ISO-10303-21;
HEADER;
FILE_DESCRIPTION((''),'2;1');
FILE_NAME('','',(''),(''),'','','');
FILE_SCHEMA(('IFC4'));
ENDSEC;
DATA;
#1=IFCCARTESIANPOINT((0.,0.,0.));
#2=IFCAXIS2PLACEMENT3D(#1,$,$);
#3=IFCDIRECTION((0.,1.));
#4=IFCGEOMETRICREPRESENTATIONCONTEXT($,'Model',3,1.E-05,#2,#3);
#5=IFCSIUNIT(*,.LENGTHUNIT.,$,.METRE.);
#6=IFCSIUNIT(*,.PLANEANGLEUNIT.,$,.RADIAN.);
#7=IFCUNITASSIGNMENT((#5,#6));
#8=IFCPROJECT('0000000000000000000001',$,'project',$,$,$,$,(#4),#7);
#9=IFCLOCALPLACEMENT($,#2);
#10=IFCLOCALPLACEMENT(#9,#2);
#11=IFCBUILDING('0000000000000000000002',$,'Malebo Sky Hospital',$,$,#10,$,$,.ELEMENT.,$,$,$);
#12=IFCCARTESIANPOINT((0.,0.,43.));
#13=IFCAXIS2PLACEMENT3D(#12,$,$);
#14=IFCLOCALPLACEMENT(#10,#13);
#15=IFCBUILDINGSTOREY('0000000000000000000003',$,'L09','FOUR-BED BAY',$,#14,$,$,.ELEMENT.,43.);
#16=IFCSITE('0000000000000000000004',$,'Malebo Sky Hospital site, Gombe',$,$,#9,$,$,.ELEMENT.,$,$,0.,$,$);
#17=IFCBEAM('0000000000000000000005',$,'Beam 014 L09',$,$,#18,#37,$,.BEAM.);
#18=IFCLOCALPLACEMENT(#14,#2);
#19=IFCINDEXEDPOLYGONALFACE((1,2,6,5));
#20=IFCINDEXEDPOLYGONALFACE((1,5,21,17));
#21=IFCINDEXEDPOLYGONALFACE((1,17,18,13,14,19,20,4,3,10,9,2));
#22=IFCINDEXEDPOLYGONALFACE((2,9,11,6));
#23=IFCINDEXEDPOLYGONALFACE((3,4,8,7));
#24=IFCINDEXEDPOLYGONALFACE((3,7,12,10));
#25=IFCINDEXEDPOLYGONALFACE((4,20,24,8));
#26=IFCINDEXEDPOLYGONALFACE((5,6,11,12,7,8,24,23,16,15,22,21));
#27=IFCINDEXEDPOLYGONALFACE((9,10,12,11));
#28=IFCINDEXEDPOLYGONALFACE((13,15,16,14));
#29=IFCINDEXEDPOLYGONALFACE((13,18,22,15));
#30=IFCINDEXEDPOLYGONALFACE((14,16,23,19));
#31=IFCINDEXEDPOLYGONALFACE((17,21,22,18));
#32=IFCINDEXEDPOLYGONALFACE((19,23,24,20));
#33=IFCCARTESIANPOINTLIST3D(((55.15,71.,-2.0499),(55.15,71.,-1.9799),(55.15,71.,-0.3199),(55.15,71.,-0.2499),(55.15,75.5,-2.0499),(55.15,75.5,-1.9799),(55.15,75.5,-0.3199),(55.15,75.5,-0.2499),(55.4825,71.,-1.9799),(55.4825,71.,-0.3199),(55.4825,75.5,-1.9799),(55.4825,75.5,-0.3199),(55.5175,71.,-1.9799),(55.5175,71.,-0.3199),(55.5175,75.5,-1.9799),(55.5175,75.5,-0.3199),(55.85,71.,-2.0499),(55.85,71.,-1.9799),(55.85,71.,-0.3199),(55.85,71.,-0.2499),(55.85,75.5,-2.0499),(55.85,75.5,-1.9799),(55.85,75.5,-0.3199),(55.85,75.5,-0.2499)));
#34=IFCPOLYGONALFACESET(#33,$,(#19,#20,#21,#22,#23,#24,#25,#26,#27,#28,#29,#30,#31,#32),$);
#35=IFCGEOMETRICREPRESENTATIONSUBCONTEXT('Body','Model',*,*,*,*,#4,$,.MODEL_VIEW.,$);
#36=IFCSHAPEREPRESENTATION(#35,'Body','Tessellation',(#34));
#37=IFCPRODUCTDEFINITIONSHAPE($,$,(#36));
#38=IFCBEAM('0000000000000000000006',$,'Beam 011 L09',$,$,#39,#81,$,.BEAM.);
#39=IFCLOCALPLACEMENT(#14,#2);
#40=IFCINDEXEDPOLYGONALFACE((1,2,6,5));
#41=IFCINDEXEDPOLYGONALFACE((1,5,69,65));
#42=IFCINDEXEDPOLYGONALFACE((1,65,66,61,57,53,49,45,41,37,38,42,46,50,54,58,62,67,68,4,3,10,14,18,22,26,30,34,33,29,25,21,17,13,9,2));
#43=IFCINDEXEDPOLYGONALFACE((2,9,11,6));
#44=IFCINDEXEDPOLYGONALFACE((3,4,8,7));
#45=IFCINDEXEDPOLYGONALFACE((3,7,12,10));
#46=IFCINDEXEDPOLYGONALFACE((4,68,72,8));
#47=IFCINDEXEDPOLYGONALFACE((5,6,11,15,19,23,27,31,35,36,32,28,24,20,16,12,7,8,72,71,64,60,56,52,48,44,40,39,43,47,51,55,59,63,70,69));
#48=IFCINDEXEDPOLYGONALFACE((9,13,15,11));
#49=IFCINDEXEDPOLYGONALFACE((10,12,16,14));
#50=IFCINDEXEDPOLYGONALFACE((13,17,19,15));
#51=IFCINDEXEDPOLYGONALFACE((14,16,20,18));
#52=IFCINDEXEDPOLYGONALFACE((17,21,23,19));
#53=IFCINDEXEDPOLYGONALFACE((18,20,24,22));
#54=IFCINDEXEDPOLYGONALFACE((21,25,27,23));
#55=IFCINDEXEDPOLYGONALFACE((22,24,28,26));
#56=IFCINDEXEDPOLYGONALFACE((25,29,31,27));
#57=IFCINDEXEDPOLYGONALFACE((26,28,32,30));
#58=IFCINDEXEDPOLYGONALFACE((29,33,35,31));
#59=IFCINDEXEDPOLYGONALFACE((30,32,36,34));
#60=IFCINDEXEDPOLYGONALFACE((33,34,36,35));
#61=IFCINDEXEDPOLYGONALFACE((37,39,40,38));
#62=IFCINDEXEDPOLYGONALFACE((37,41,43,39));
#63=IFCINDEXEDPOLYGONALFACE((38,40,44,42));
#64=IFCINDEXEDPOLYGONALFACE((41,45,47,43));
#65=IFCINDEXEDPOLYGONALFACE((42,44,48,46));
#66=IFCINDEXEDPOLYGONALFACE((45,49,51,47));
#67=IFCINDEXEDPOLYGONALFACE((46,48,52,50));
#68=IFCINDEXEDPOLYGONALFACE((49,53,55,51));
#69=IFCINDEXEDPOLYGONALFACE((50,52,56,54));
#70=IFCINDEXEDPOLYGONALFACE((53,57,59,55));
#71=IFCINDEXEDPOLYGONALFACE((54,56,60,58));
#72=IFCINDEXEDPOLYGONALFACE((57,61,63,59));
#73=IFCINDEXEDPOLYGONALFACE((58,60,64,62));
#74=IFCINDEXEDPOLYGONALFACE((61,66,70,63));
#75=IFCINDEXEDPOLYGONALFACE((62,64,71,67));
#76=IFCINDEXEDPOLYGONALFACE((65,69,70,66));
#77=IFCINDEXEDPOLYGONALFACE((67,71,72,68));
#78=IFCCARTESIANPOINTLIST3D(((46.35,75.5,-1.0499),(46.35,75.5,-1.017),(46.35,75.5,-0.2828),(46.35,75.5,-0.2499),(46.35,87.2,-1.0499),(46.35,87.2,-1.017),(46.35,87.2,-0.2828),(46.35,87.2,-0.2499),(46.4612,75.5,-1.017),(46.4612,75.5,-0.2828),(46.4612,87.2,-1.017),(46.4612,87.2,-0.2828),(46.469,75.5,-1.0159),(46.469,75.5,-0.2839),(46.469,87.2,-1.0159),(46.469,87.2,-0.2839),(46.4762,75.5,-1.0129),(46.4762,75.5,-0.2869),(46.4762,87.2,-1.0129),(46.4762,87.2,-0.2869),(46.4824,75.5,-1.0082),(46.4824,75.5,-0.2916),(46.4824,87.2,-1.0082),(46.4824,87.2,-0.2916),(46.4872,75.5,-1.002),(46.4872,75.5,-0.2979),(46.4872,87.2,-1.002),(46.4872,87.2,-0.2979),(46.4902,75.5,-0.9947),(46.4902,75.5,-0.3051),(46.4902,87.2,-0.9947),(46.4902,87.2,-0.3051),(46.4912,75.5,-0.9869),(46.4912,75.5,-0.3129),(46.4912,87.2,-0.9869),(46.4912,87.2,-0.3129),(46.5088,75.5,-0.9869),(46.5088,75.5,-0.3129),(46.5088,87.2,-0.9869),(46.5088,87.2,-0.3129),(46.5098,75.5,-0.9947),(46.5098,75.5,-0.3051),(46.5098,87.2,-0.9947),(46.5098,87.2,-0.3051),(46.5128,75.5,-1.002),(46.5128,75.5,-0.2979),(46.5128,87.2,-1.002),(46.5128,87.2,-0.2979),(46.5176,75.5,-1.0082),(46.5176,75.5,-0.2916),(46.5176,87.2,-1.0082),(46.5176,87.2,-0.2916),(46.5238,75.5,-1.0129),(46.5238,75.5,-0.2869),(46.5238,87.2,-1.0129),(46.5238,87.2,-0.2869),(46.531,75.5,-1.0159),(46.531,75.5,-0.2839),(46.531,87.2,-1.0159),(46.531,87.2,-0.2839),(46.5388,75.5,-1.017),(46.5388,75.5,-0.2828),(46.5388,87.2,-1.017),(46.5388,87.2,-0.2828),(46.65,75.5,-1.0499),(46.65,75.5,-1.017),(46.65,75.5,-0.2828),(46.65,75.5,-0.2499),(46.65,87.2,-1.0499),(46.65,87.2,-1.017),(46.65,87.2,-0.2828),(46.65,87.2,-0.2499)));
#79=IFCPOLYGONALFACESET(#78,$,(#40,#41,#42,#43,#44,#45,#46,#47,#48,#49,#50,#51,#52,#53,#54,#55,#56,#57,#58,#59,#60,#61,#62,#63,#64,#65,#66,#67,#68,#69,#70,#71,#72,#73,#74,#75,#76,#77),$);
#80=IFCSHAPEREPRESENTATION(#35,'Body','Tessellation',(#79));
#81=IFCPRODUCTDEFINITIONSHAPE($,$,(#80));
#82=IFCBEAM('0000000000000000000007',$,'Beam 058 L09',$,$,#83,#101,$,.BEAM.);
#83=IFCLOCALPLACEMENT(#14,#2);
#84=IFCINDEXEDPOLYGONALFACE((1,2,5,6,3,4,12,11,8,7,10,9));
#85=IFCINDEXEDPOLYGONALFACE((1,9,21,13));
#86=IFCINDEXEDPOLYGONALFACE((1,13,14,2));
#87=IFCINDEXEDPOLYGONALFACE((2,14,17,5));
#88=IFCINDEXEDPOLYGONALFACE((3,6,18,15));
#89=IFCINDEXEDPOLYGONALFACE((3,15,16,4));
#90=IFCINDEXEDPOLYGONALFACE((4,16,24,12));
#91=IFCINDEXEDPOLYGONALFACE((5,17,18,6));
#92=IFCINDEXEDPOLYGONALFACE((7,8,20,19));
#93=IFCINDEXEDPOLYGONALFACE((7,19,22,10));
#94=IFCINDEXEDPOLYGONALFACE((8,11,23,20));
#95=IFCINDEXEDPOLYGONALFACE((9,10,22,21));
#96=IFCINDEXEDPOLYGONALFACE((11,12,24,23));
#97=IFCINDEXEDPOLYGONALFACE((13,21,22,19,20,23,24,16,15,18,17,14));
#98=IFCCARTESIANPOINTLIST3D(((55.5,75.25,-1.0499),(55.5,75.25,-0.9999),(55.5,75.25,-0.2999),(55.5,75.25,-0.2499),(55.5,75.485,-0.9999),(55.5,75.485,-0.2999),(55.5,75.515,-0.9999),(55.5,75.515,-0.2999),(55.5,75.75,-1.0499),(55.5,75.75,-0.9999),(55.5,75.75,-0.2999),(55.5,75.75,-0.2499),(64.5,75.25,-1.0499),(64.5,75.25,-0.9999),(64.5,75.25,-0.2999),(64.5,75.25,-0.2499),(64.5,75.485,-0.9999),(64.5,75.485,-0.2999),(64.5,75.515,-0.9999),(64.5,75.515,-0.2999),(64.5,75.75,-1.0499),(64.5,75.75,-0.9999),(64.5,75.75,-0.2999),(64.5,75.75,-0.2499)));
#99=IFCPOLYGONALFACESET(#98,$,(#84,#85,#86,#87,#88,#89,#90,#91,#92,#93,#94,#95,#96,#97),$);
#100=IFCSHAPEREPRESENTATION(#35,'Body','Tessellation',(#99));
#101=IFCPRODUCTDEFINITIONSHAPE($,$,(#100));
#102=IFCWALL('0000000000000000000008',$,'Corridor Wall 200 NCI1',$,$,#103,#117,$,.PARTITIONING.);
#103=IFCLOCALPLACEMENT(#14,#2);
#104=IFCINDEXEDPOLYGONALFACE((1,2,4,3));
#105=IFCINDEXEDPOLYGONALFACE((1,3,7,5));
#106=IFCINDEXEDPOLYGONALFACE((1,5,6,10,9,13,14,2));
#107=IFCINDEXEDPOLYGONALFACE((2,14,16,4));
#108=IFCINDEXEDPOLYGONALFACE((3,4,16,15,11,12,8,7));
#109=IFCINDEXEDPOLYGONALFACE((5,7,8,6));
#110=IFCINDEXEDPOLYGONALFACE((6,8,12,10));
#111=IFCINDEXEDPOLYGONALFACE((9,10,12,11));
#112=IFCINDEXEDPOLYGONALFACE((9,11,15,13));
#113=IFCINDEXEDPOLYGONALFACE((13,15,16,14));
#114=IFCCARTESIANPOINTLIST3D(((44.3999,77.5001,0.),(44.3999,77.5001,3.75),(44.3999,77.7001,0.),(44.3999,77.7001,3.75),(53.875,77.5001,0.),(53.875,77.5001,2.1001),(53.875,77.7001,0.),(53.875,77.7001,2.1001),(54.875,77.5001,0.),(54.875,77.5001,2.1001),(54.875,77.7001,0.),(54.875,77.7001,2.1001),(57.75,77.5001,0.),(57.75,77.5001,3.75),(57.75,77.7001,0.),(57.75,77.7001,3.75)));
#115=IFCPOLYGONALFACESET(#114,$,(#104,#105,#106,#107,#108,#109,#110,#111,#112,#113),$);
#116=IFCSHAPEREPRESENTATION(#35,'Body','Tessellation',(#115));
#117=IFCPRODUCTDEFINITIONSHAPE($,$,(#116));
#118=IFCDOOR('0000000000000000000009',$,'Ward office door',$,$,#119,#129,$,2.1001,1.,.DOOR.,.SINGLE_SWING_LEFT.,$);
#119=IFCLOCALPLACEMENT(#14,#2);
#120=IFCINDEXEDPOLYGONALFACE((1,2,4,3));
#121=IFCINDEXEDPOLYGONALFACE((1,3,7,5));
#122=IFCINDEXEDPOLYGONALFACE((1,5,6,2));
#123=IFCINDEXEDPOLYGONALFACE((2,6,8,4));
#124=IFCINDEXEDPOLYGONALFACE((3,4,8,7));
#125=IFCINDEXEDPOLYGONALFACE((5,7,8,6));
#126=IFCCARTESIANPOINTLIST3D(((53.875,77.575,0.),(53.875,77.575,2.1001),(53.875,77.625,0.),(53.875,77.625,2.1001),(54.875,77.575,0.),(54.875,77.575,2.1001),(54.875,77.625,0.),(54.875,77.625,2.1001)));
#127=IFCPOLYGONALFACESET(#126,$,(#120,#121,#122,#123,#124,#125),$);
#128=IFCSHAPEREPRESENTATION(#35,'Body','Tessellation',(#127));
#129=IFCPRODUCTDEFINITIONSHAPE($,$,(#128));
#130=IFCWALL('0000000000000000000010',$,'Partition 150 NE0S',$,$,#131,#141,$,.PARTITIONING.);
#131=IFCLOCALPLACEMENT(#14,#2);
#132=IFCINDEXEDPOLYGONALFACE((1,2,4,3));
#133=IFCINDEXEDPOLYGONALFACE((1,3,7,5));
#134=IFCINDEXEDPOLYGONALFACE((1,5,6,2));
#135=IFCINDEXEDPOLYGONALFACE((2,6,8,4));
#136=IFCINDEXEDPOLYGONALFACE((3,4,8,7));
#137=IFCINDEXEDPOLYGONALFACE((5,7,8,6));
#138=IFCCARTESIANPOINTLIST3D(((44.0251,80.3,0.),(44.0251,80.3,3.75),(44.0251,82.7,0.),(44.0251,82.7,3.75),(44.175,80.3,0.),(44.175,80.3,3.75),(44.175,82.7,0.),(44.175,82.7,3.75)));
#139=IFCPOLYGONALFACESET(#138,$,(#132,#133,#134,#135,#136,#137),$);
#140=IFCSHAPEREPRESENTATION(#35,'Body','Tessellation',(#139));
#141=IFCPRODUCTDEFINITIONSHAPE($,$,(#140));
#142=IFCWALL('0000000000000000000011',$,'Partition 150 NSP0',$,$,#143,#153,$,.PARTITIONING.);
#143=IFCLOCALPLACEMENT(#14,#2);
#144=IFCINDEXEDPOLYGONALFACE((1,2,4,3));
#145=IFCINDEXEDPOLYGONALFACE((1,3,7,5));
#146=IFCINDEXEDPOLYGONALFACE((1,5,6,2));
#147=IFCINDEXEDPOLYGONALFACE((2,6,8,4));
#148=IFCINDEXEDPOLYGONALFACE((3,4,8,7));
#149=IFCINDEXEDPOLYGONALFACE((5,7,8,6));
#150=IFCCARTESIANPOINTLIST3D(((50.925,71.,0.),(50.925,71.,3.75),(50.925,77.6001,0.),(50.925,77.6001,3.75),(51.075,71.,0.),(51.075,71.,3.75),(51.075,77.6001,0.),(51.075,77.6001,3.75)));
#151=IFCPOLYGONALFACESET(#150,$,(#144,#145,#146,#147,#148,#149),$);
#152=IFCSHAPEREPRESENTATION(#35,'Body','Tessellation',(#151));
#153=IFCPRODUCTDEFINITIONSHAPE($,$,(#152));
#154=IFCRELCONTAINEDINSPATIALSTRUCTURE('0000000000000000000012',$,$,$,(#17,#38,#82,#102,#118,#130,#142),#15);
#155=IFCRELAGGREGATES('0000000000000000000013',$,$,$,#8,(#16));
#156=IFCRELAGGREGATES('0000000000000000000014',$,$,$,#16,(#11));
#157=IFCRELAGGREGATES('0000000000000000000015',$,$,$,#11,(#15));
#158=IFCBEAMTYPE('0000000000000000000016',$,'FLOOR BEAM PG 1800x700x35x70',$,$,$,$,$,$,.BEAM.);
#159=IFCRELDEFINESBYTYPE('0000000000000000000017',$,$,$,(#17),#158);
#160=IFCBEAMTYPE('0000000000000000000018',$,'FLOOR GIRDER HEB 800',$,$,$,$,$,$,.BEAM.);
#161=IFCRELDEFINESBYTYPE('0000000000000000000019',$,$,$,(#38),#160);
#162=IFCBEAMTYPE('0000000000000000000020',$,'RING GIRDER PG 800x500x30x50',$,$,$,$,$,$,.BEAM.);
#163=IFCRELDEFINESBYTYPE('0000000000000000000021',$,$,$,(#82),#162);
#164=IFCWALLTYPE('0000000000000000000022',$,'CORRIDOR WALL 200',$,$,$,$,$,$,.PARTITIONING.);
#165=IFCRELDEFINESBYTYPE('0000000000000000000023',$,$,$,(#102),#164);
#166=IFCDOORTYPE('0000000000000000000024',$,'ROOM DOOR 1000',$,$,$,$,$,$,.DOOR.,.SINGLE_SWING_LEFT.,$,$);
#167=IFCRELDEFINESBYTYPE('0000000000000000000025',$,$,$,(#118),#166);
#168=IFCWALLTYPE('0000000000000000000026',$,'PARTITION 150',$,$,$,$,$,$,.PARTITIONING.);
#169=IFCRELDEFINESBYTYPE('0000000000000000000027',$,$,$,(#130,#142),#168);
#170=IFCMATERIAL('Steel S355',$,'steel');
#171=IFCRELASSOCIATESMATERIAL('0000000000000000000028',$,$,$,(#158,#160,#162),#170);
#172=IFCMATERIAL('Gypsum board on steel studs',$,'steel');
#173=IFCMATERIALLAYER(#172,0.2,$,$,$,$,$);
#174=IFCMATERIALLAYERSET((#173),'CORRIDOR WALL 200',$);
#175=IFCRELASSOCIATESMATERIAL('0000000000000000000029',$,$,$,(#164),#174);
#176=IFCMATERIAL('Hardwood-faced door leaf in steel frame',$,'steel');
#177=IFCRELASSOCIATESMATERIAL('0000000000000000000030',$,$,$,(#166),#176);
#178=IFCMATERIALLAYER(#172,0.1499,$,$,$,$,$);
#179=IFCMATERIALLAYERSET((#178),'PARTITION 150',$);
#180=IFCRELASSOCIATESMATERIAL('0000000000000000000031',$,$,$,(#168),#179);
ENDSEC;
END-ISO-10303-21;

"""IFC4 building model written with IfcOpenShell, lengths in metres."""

from ifc_helpers import new_model, si_unit, direction, frame, frame_2d, origin, origin_2d, place, context, subcontext, project, spatial, rectangle, i_section, extrude, material, layer, layer_set, material_profile, profile_set, type_object, element, fill, save


model = new_model("IFC4")

# Units and contexts
model_context = context("Model", 3, precision=1e-05, world=origin(), true_north=direction((0.0, 1.0)))
body_context = subcontext(model_context, "Body", "Model", "MODEL_VIEW")
ifc_project = project(units=[si_unit("LENGTHUNIT", "METRE"), si_unit("PLANEANGLEUNIT", "RADIAN")], contexts=[model_context])

# Site, building, storey
site_placement = place(None, origin())
site = spatial("IfcSite", under=ifc_project, at=site_placement, Name="Malebo Sky Hospital site, Gombe", CompositionType="ELEMENT", RefElevation=0.0)
building_placement = place(site_placement, origin())
building = spatial("IfcBuilding", under=site, at=building_placement, Name="Malebo Sky Hospital", CompositionType="ELEMENT")
storey_placement = place(building_placement, frame((0.0, 0.0, 43.0)))
storey = spatial("IfcBuildingStorey", under=building, at=storey_placement, Name="L09", Description="FOUR-BED BAY", CompositionType="ELEMENT", Elevation=43.0)

# Beams
ifc_material_1 = material(Name="Steel S355", Category="steel")
ifc_material_profile_1 = material_profile(ifc_material_1, i_section(OverallWidth=0.7, OverallDepth=1.8, WebThickness=0.0349, FlangeThickness=0.0701, at=origin_2d()), Name="PG 1800x700x35x70")
ifc_profile_set_1 = profile_set([ifc_material_profile_1], Name="Steel S355")
beam_type_1 = type_object("IfcBeamType", Name="FLOOR BEAM PG 1800x700x35x70", PredefinedType="BEAM", material=ifc_profile_set_1)
beam_1_placement = place(storey_placement, frame((55.5, 71.0, -1.1499), z_axis=(0.0, 1.0, 0.0), x_axis=(-1.0, 0.0, 0.0)))
element("IfcBeam", 1, at=beam_1_placement, inside=storey, type_object=beam_type_1, Name="Beam 014 L09", PredefinedType="BEAM", context=body_context, shape_type="SweptSolid", body=[
    extrude(i_section(OverallWidth=0.7, OverallDepth=1.8, WebThickness=0.0349, FlangeThickness=0.0701, at=origin_2d()), origin(), (0.0, 0.0, 1.0), 4.5),
])
ifc_material_profile_2 = material_profile(ifc_material_1, i_section(OverallWidth=0.3, OverallDepth=0.8, WebThickness=0.0176, FlangeThickness=0.033, FilletRadius=0.03, at=origin_2d()), Name="HEB 800")
ifc_profile_set_2 = profile_set([ifc_material_profile_2], Name="Steel S355")
beam_type_2 = type_object("IfcBeamType", Name="FLOOR GIRDER HEB 800", PredefinedType="BEAM", material=ifc_profile_set_2)
beam_2_placement = place(storey_placement, frame((46.5, 75.5, -0.6499), z_axis=(0.0, 1.0, 0.0), x_axis=(-1.0, 0.0, 0.0)))
element("IfcBeam", 2, at=beam_2_placement, inside=storey, type_object=beam_type_2, Name="Beam 011 L09", PredefinedType="BEAM", context=body_context, shape_type="SweptSolid", body=[
    extrude(i_section(OverallWidth=0.3, OverallDepth=0.8, WebThickness=0.0176, FlangeThickness=0.033, FilletRadius=0.03, at=origin_2d()), origin(), (0.0, 0.0, 1.0), 11.7),
])
ifc_material_profile_3 = material_profile(ifc_material_1, i_section(OverallWidth=0.5, OverallDepth=0.8, WebThickness=0.03, FlangeThickness=0.05, at=origin_2d()), Name="PG 800x500x30x50")
ifc_profile_set_3 = profile_set([ifc_material_profile_3], Name="Steel S355")
beam_type_3 = type_object("IfcBeamType", Name="RING GIRDER PG 800x500x30x50", PredefinedType="BEAM", material=ifc_profile_set_3)
beam_3_placement = place(storey_placement, frame((55.5, 75.5, -0.6499), z_axis=(1.0, 0.0, 0.0), x_axis=(0.0, 1.0, 0.0)))
element("IfcBeam", 3, at=beam_3_placement, inside=storey, type_object=beam_type_3, Name="Beam 058 L09", PredefinedType="BEAM", context=body_context, shape_type="SweptSolid", body=[
    extrude(i_section(OverallWidth=0.5, OverallDepth=0.8, WebThickness=0.03, FlangeThickness=0.05, at=origin_2d()), origin(), (0.0, 0.0, 1.0), 9.0),
])

# Wall, opening, door
ifc_material_2 = material(Name="Gypsum board on steel studs", Category="steel")
ifc_layer_1 = layer(ifc_material_2, 0.2)
ifc_layer_set_1 = layer_set([ifc_layer_1], Name="CORRIDOR WALL 200")
wall_type_1 = type_object("IfcWallType", Name="CORRIDOR WALL 200", PredefinedType="PARTITIONING", material=ifc_layer_set_1)
wall_1_placement = place(storey_placement, frame((44.3999, 77.6001, 0.0), z_axis=(0.0, 0.0, 1.0), x_axis=(1.0, 0.0, 0.0)))
wall_1 = element("IfcWall", 4, at=wall_1_placement, inside=storey, type_object=wall_type_1, Name="Corridor Wall 200 NCI1", PredefinedType="PARTITIONING", context=body_context, shape_type="SweptSolid", body=[
    extrude(rectangle(XDim=13.3501, YDim=0.2, at=frame_2d((6.675, 0.0))), origin(), (0.0, 0.0, 1.0), 3.75),
])
opening_1_placement = place(wall_1_placement, frame((9.4751, 0.0, 0.0)))
opening_1 = element("IfcOpeningElement", 5, at=opening_1_placement, cuts=wall_1, PredefinedType="OPENING", context=body_context, shape_type="SweptSolid", body=[
    extrude(rectangle(XDim=1.0, YDim=2.1001, at=frame_2d((0.5, 1.05))), frame((0.0, 0.1099, 0.0), z_axis=(0.0, -1.0, 0.0), x_axis=(1.0, 0.0, 0.0)), (0.0, 0.0, 1.0), 0.22),
])
ifc_material_3 = material(Name="Hardwood-faced door leaf in steel frame", Category="steel")
door_type_1 = type_object("IfcDoorType", Name="ROOM DOOR 1000", OperationType="SINGLE_SWING_LEFT", PredefinedType="DOOR", material=ifc_material_3)
door_1_placement = place(opening_1_placement, origin())
door_1 = element("IfcDoor", 6, at=door_1_placement, inside=storey, type_object=door_type_1, Name="Ward office door", OperationType="SINGLE_SWING_LEFT", OverallHeight=2.1001, OverallWidth=1.0, PredefinedType="DOOR", context=body_context, shape_type="SweptSolid", body=[
    extrude(rectangle(XDim=1.0, YDim=2.1001, at=frame_2d((0.5, 1.05))), frame((0.0, 0.0249, 0.0), z_axis=(0.0, -1.0, 0.0), x_axis=(1.0, 0.0, 0.0)), (0.0, 0.0, 1.0), 0.05),
])
fill(opening_1, door_1)

# Walls
ifc_layer_2 = layer(ifc_material_2, 0.1499)
ifc_layer_set_2 = layer_set([ifc_layer_2], Name="PARTITION 150")
wall_type_2 = type_object("IfcWallType", Name="PARTITION 150", PredefinedType="PARTITIONING", material=ifc_layer_set_2)
wall_2_placement = place(storey_placement, frame((44.1001, 80.3, 0.0), z_axis=(0.0, 0.0, 1.0), x_axis=(0.0, 1.0, 0.0)))
element("IfcWall", 7, at=wall_2_placement, inside=storey, type_object=wall_type_2, Name="Partition 150 NE0S", PredefinedType="PARTITIONING", context=body_context, shape_type="SweptSolid", body=[
    extrude(rectangle(XDim=2.3999, YDim=0.1499, at=frame_2d((1.2, 0.0))), origin(), (0.0, 0.0, 1.0), 3.75),
])
wall_3_placement = place(storey_placement, frame((51.0, 71.0, 0.0), z_axis=(0.0, 0.0, 1.0), x_axis=(0.0, 1.0, 0.0)))
element("IfcWall", 8, at=wall_3_placement, inside=storey, type_object=wall_type_2, Name="Partition 150 NSP0", PredefinedType="PARTITIONING", context=body_context, shape_type="SweptSolid", body=[
    extrude(rectangle(XDim=6.6001, YDim=0.1499, at=frame_2d((3.3, 0.0))), origin(), (0.0, 0.0, 1.0), 3.75),
])

save(model, "model.ifc")
